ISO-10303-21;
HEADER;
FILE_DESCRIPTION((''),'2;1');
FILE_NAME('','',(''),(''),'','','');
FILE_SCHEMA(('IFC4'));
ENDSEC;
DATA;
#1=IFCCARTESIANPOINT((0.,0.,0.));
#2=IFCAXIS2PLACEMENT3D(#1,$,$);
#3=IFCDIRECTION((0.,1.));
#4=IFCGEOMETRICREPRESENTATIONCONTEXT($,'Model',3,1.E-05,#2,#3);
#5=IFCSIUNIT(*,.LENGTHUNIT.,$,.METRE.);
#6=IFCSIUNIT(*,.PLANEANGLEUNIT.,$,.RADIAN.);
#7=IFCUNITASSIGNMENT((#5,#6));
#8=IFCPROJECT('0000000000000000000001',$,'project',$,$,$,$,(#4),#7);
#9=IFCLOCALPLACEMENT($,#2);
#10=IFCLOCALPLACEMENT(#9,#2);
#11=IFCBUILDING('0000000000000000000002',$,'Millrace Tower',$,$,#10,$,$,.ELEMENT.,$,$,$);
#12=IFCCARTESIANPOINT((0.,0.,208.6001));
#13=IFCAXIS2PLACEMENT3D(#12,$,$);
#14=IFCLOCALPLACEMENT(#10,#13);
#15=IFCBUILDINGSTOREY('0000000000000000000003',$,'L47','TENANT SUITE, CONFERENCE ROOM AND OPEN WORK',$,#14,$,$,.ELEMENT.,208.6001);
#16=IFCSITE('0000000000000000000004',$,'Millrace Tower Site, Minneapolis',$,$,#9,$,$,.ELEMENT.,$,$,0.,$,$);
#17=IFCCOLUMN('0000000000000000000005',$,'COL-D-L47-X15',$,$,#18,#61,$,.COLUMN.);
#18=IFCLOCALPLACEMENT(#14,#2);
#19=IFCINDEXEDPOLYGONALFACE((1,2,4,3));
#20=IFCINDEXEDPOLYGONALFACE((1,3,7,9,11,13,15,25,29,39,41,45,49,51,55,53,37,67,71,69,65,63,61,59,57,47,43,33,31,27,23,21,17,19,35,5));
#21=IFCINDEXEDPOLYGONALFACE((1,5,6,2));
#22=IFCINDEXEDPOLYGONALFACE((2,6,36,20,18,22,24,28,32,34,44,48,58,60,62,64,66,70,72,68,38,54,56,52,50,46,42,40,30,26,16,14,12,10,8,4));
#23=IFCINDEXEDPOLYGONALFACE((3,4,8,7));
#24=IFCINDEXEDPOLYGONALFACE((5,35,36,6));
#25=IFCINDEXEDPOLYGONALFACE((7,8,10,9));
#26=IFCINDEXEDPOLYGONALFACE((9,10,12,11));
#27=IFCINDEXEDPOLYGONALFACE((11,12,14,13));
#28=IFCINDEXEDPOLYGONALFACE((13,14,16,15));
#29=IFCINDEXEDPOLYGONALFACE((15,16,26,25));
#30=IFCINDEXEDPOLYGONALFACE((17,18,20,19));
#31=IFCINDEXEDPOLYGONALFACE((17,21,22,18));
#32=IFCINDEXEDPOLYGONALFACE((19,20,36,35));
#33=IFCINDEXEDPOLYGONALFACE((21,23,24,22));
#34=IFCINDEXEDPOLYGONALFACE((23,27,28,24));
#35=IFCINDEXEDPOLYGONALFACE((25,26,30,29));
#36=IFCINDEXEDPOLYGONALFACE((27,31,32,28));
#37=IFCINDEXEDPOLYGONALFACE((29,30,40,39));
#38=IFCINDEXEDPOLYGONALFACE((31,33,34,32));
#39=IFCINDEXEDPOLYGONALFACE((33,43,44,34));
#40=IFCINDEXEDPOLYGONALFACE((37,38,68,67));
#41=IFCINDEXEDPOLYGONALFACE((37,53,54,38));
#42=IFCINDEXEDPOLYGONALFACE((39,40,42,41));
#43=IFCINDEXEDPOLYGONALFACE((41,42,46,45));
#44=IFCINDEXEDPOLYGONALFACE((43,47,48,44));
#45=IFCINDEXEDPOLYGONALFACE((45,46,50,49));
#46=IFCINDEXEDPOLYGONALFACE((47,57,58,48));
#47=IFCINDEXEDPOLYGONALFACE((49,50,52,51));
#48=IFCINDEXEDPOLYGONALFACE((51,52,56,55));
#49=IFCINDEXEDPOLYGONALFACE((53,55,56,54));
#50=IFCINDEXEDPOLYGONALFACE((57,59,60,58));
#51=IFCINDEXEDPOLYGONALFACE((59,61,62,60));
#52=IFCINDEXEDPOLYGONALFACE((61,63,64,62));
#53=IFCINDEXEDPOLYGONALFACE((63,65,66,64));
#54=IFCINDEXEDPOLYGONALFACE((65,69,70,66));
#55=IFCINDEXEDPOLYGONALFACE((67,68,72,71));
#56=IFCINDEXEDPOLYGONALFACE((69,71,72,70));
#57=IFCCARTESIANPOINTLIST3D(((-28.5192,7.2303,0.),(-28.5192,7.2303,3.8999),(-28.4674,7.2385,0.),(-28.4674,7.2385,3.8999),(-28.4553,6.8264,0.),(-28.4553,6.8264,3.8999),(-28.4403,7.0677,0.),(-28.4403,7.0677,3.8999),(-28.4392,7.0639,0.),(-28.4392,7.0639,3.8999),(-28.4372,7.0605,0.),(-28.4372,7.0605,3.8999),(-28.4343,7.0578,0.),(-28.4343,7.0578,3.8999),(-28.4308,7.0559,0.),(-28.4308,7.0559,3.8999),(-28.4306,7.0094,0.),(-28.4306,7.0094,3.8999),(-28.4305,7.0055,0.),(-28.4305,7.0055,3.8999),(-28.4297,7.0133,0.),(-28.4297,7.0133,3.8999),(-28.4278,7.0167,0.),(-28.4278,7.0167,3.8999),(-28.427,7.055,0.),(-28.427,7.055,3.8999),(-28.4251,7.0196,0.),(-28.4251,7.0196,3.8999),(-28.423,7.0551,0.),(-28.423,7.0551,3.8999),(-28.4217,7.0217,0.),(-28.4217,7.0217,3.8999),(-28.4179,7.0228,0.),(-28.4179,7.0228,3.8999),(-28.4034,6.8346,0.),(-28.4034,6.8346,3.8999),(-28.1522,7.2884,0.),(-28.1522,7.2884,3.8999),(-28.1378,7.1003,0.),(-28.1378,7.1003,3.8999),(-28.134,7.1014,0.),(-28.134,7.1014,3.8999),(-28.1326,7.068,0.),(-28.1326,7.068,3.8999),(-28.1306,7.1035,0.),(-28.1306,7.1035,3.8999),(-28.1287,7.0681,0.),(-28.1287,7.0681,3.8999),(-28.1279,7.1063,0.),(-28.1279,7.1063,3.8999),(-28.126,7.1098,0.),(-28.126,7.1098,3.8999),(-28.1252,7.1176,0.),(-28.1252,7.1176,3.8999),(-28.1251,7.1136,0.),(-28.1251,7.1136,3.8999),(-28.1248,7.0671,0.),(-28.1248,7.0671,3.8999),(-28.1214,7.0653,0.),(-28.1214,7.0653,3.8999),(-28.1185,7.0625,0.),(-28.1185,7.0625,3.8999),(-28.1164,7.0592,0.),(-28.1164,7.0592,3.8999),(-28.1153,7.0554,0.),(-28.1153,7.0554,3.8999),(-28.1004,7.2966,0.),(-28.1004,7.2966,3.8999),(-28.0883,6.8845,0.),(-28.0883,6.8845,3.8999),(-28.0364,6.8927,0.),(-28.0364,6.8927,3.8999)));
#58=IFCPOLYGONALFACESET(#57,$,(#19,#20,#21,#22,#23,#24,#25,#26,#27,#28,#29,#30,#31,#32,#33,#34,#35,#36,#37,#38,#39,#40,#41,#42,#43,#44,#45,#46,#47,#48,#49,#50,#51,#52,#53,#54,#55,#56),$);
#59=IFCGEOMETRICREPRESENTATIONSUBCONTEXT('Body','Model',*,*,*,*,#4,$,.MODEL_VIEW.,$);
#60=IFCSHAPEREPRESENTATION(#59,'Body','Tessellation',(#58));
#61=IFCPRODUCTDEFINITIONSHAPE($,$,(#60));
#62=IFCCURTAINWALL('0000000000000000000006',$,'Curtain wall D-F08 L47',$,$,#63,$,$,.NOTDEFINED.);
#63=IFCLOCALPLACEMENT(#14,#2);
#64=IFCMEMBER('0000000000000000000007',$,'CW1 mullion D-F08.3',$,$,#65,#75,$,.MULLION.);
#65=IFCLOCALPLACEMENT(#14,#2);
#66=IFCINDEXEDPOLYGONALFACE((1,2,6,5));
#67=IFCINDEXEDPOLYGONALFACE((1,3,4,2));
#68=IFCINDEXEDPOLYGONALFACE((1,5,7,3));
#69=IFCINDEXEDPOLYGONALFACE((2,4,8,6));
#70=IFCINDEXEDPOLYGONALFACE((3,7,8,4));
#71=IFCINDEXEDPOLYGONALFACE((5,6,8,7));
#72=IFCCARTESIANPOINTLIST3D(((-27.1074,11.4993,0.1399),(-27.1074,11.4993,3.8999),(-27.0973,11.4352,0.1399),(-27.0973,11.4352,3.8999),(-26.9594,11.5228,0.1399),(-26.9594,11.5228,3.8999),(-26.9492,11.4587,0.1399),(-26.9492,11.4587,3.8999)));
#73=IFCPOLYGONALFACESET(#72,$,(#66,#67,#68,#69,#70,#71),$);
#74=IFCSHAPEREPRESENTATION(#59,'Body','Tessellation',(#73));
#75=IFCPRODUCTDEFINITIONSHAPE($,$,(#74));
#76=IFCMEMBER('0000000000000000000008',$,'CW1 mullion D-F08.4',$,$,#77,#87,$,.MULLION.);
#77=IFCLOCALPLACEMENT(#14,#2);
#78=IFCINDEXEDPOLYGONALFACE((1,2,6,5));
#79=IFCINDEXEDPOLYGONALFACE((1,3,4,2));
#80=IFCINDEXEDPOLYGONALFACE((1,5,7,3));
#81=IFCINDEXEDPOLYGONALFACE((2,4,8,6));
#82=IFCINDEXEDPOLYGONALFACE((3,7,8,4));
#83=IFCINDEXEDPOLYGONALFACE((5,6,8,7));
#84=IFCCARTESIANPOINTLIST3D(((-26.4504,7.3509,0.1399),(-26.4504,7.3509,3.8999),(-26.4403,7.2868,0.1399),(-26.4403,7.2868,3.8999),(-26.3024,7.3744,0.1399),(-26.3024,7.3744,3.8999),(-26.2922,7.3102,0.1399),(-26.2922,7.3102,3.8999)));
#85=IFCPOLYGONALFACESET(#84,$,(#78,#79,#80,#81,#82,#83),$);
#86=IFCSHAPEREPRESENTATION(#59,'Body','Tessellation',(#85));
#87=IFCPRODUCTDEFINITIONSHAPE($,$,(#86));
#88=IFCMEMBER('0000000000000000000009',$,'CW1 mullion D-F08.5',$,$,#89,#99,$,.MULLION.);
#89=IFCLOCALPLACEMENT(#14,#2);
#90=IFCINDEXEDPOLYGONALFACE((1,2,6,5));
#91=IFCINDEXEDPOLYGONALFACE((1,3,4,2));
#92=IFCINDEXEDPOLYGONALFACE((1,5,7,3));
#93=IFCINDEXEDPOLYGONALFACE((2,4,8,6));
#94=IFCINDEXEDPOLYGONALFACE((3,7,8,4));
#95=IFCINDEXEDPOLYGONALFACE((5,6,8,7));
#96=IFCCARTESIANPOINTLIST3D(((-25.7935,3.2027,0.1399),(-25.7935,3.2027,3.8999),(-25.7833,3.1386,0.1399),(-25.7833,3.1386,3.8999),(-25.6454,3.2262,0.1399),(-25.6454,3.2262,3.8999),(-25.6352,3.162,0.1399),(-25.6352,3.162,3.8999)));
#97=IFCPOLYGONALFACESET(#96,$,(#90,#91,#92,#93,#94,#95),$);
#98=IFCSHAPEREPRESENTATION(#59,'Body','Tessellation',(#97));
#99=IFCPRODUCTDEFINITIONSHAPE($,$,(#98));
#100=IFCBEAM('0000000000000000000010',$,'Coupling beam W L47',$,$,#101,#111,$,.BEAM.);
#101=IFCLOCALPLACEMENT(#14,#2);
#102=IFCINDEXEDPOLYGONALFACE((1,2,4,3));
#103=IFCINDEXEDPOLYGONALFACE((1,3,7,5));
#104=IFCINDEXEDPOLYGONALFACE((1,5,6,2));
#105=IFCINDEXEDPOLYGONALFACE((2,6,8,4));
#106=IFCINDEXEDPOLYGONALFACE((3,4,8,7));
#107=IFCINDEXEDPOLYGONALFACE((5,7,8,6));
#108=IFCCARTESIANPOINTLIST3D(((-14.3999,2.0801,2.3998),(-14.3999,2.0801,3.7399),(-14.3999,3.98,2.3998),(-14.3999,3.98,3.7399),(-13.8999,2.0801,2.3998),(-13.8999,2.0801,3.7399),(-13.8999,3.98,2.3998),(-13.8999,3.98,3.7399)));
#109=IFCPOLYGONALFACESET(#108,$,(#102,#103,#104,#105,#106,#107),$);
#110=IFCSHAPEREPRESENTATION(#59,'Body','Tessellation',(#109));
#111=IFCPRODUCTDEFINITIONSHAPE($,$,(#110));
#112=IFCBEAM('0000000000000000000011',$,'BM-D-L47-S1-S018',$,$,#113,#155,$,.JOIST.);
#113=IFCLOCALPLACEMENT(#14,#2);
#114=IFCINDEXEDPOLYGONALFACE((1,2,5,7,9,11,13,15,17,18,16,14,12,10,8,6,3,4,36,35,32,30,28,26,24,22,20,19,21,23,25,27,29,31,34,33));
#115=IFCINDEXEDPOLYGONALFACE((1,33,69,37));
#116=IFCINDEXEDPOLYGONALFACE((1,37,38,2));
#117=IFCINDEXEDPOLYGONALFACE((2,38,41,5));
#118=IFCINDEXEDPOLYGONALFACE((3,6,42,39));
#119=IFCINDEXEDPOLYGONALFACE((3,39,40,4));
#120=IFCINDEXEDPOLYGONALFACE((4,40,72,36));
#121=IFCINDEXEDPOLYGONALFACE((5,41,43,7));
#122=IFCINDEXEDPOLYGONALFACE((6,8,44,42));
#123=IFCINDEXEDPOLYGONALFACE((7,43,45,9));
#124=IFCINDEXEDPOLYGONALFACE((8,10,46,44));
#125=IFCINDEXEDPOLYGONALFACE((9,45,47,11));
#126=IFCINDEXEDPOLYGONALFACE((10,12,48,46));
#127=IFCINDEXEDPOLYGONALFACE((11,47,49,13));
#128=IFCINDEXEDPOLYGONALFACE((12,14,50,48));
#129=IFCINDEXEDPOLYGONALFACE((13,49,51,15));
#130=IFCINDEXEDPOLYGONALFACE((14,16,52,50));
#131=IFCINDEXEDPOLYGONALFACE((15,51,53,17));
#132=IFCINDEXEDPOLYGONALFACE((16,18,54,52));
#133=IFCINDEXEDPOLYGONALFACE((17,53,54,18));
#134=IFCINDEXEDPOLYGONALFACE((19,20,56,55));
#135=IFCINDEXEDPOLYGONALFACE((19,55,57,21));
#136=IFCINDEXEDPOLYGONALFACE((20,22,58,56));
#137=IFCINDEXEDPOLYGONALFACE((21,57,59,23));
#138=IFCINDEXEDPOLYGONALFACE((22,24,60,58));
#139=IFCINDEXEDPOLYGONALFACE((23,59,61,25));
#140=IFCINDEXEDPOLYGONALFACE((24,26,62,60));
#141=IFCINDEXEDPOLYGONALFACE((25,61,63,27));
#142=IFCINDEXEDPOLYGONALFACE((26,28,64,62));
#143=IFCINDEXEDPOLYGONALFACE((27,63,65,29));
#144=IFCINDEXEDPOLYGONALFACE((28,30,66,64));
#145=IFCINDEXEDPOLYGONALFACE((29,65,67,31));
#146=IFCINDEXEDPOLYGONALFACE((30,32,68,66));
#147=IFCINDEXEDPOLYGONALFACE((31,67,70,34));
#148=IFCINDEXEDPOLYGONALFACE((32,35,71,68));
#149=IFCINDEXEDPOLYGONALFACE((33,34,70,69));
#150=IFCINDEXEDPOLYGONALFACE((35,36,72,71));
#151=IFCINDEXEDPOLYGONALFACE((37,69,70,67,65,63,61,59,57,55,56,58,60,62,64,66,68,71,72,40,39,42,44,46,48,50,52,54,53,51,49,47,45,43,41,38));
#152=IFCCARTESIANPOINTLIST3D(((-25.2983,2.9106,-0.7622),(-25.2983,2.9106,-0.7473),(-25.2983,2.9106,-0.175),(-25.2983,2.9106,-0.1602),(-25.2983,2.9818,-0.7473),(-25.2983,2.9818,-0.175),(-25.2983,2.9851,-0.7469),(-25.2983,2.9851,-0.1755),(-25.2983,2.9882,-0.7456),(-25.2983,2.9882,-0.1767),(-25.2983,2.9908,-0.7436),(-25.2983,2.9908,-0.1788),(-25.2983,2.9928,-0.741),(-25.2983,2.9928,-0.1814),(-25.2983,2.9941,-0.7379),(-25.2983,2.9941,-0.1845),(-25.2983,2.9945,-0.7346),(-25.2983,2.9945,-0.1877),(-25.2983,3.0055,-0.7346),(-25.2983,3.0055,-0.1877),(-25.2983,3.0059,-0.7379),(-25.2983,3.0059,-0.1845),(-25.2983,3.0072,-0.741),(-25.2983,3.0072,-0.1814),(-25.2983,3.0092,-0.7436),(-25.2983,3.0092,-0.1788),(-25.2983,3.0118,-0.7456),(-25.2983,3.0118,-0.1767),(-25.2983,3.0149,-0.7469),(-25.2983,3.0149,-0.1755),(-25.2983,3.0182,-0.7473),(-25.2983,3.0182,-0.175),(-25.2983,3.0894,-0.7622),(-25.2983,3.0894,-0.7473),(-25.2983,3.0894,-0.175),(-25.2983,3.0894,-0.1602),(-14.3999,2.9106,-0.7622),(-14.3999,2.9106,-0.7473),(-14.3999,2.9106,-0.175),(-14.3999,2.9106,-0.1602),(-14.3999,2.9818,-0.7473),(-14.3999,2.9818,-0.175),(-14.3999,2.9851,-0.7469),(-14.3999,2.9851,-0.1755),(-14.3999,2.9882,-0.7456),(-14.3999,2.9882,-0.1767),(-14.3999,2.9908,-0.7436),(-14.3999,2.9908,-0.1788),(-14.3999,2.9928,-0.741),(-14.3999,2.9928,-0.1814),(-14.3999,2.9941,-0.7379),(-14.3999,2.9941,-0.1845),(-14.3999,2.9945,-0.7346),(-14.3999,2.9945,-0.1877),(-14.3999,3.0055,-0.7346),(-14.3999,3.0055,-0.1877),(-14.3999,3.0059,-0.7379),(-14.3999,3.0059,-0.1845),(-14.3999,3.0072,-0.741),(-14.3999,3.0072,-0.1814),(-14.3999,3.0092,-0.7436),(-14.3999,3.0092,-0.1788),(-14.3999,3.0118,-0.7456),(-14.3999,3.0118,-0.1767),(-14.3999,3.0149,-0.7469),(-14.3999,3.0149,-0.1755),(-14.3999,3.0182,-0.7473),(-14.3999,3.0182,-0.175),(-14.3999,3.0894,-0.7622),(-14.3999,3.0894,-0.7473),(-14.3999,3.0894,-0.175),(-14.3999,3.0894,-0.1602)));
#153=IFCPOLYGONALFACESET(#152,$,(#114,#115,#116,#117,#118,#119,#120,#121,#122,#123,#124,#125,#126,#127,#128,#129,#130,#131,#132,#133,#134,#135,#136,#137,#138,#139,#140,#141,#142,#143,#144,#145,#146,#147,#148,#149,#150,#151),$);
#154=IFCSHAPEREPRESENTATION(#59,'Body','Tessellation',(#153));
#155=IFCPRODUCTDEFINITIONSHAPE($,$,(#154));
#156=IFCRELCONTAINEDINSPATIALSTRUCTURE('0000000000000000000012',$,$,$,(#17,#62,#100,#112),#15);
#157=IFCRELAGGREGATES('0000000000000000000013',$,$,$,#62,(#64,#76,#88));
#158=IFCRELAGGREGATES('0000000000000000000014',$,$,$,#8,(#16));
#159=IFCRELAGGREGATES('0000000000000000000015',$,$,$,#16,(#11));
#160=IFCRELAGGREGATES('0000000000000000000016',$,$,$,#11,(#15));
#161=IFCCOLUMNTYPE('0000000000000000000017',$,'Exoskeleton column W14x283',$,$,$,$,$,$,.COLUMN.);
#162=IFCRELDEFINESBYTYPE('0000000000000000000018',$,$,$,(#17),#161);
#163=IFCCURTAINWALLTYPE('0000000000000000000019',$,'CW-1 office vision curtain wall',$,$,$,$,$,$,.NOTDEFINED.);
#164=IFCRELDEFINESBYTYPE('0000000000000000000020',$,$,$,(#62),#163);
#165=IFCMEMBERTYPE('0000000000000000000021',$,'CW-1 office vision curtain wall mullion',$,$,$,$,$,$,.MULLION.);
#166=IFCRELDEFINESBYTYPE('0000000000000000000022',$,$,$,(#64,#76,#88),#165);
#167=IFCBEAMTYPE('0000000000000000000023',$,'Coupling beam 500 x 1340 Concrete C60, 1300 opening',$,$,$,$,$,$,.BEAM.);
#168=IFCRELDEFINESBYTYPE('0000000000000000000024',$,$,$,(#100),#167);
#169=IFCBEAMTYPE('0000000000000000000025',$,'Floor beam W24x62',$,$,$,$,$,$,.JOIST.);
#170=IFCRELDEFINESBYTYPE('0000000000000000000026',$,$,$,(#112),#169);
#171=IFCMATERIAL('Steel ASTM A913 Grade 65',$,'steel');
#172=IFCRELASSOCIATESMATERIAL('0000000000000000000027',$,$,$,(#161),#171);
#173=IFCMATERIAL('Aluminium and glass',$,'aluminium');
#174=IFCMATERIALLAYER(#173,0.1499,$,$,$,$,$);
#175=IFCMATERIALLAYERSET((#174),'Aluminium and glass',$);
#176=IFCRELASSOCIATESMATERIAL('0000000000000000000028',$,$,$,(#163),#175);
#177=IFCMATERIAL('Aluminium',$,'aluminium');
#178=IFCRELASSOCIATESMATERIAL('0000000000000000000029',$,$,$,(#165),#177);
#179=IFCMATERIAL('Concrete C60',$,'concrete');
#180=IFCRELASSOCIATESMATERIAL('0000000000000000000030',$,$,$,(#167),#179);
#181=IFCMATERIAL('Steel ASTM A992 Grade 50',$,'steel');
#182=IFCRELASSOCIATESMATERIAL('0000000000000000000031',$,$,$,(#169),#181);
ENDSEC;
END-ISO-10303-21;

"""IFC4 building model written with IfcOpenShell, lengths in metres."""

from ifc_helpers import new_model, si_unit, direction, frame, origin, origin_2d, place, context, subcontext, project, spatial, rectangle, i_section, extrude, material, layer, layer_set, material_profile, profile_set, type_object, element, aggregate, save


model = new_model("IFC4")

# Units and contexts
model_context = context("Model", 3, precision=1e-05, world=origin(), true_north=direction((0.0, 1.0)))
body_context = subcontext(model_context, "Body", "Model", "MODEL_VIEW")
ifc_project = project(units=[si_unit("LENGTHUNIT", "METRE"), si_unit("PLANEANGLEUNIT", "RADIAN")], contexts=[model_context])

# Site, building, storey
site_placement = place(None, origin())
site = spatial("IfcSite", under=ifc_project, at=site_placement, Name="Millrace Tower Site, Minneapolis", CompositionType="ELEMENT", RefElevation=0.0)
building_placement = place(site_placement, origin())
building = spatial("IfcBuilding", under=site, at=building_placement, Name="Millrace Tower", CompositionType="ELEMENT")
storey_placement = place(building_placement, frame((0.0, 0.0, 208.6001)))
storey = spatial("IfcBuildingStorey", under=building, at=storey_placement, Name="L47", Description="TENANT SUITE, CONFERENCE ROOM AND OPEN WORK", CompositionType="ELEMENT", Elevation=208.6001)

# Column
ifc_material_1 = material(Name="Steel ASTM A913 Grade 65", Category="steel")
ifc_material_profile_1 = material_profile(ifc_material_1, i_section(OverallWidth=0.4089, OverallDepth=0.4241, WebThickness=0.0327, FlangeThickness=0.0525, FilletRadius=0.0151, at=origin_2d()))
ifc_profile_set_1 = profile_set([ifc_material_profile_1], Name="Steel ASTM A913 Grade 65")
column_type = type_object("IfcColumnType", Name="Exoskeleton column W14x283", PredefinedType="COLUMN", material=ifc_profile_set_1)
column_placement = place(storey_placement, frame((-28.2778, 7.0615, 0.0), z_axis=(0.0, 0.0, 1.0), x_axis=(0.156434, -0.987688, 0.0)))
element("IfcColumn", 1, at=column_placement, inside=storey, type_object=column_type, Name="COL-D-L47-X15", PredefinedType="COLUMN", context=body_context, shape_type="SweptSolid", body=[
    extrude(i_section(OverallWidth=0.4089, OverallDepth=0.4241, WebThickness=0.0327, FlangeThickness=0.0525, FilletRadius=0.0151, at=origin_2d()), origin(), (0.0, 0.0, 1.0), 3.8999),
])

# Curtain wall, members
ifc_material_2 = material(Name="Aluminium and glass", Category="aluminium")
ifc_layer_1 = layer(ifc_material_2, 0.1499)
ifc_layer_set_1 = layer_set([ifc_layer_1], Name="Aluminium and glass")
curtain_wall_type = type_object("IfcCurtainWallType", Name="CW-1 office vision curtain wall", PredefinedType="NOTDEFINED", material=ifc_layer_set_1)
curtain_wall_placement = place(storey_placement, origin())
curtain_wall = element("IfcCurtainWall", 2, at=curtain_wall_placement, inside=storey, type_object=curtain_wall_type, Name="Curtain wall D-F08 L47", PredefinedType="NOTDEFINED")
ifc_material_3 = material(Name="Aluminium", Category="aluminium")
ifc_material_profile_2 = material_profile(ifc_material_3, rectangle(XDim=0.0649, YDim=0.1499, at=origin_2d()))
ifc_profile_set_2 = profile_set([ifc_material_profile_2], Name="Aluminium")
member_type = type_object("IfcMemberType", Name="CW-1 office vision curtain wall mullion", PredefinedType="MULLION", material=ifc_profile_set_2)
member_1_placement = place(storey_placement, frame((-27.0283, 11.479, 0.1399), z_axis=(0.0, 0.0, 1.0), x_axis=(0.156434, -0.987688, 0.0)))
member_1 = element("IfcMember", 3, at=member_1_placement, type_object=member_type, Name="CW1 mullion D-F08.3", PredefinedType="MULLION", context=body_context, shape_type="SweptSolid", body=[
    extrude(rectangle(XDim=0.0649, YDim=0.1499, at=origin_2d()), origin(), (0.0, 0.0, 1.0), 3.76),
])
member_2_placement = place(storey_placement, frame((-26.3713, 7.3306, 0.1399), z_axis=(0.0, 0.0, 1.0), x_axis=(0.156434, -0.987688, 0.0)))
member_2 = element("IfcMember", 4, at=member_2_placement, type_object=member_type, Name="CW1 mullion D-F08.4", PredefinedType="MULLION", context=body_context, shape_type="SweptSolid", body=[
    extrude(rectangle(XDim=0.0649, YDim=0.1499, at=origin_2d()), origin(), (0.0, 0.0, 1.0), 3.76),
])
member_3_placement = place(storey_placement, frame((-25.7144, 3.1824, 0.1399), z_axis=(0.0, 0.0, 1.0), x_axis=(0.156434, -0.987688, 0.0)))
member_3 = element("IfcMember", 5, at=member_3_placement, type_object=member_type, Name="CW1 mullion D-F08.5", PredefinedType="MULLION", context=body_context, shape_type="SweptSolid", body=[
    extrude(rectangle(XDim=0.0649, YDim=0.1499, at=origin_2d()), origin(), (0.0, 0.0, 1.0), 3.76),
])
aggregate(curtain_wall, [member_1, member_2, member_3])

# Beams
ifc_material_4 = material(Name="Concrete C60", Category="concrete")
ifc_material_profile_3 = material_profile(ifc_material_4, rectangle(XDim=0.5, YDim=1.3401, at=origin_2d()))
ifc_profile_set_3 = profile_set([ifc_material_profile_3], Name="Concrete C60")
beam_type_1 = type_object("IfcBeamType", Name="Coupling beam 500 x 1340 Concrete C60, 1300 opening", PredefinedType="BEAM", material=ifc_profile_set_3)
beam_1_placement = place(storey_placement, frame((-14.1499, 2.0801, 3.0698), z_axis=(0.0, 1.0, 0.0), x_axis=(-1.0, 0.0, 0.0)))
element("IfcBeam", 6, at=beam_1_placement, inside=storey, type_object=beam_type_1, Name="Coupling beam W L47", PredefinedType="BEAM", context=body_context, shape_type="SweptSolid", body=[
    extrude(rectangle(XDim=0.5, YDim=1.3401, at=origin_2d()), origin(), (0.0, 0.0, 1.0), 1.8999),
])
ifc_material_5 = material(Name="Steel ASTM A992 Grade 50", Category="steel")
ifc_material_profile_4 = material_profile(ifc_material_5, i_section(OverallWidth=0.1787, OverallDepth=0.6021, WebThickness=0.011, FlangeThickness=0.0149, FilletRadius=0.0127, at=origin_2d()))
ifc_profile_set_4 = profile_set([ifc_material_profile_4], Name="Steel ASTM A992 Grade 50")
beam_type_2 = type_object("IfcBeamType", Name="Floor beam W24x62", PredefinedType="JOIST", material=ifc_profile_set_4)
beam_2_placement = place(storey_placement, frame((-25.2983, 3.0, -0.4612), z_axis=(1.0, 0.0, 0.0), x_axis=(0.0, 1.0, 0.0)))
element("IfcBeam", 7, at=beam_2_placement, inside=storey, type_object=beam_type_2, Name="BM-D-L47-S1-S018", PredefinedType="JOIST", context=body_context, shape_type="SweptSolid", body=[
    extrude(i_section(OverallWidth=0.1787, OverallDepth=0.6021, WebThickness=0.011, FlangeThickness=0.0149, FilletRadius=0.0127, at=origin_2d()), origin(), (0.0, 0.0, 1.0), 10.8984),
])

save(model, "model.ifc")
